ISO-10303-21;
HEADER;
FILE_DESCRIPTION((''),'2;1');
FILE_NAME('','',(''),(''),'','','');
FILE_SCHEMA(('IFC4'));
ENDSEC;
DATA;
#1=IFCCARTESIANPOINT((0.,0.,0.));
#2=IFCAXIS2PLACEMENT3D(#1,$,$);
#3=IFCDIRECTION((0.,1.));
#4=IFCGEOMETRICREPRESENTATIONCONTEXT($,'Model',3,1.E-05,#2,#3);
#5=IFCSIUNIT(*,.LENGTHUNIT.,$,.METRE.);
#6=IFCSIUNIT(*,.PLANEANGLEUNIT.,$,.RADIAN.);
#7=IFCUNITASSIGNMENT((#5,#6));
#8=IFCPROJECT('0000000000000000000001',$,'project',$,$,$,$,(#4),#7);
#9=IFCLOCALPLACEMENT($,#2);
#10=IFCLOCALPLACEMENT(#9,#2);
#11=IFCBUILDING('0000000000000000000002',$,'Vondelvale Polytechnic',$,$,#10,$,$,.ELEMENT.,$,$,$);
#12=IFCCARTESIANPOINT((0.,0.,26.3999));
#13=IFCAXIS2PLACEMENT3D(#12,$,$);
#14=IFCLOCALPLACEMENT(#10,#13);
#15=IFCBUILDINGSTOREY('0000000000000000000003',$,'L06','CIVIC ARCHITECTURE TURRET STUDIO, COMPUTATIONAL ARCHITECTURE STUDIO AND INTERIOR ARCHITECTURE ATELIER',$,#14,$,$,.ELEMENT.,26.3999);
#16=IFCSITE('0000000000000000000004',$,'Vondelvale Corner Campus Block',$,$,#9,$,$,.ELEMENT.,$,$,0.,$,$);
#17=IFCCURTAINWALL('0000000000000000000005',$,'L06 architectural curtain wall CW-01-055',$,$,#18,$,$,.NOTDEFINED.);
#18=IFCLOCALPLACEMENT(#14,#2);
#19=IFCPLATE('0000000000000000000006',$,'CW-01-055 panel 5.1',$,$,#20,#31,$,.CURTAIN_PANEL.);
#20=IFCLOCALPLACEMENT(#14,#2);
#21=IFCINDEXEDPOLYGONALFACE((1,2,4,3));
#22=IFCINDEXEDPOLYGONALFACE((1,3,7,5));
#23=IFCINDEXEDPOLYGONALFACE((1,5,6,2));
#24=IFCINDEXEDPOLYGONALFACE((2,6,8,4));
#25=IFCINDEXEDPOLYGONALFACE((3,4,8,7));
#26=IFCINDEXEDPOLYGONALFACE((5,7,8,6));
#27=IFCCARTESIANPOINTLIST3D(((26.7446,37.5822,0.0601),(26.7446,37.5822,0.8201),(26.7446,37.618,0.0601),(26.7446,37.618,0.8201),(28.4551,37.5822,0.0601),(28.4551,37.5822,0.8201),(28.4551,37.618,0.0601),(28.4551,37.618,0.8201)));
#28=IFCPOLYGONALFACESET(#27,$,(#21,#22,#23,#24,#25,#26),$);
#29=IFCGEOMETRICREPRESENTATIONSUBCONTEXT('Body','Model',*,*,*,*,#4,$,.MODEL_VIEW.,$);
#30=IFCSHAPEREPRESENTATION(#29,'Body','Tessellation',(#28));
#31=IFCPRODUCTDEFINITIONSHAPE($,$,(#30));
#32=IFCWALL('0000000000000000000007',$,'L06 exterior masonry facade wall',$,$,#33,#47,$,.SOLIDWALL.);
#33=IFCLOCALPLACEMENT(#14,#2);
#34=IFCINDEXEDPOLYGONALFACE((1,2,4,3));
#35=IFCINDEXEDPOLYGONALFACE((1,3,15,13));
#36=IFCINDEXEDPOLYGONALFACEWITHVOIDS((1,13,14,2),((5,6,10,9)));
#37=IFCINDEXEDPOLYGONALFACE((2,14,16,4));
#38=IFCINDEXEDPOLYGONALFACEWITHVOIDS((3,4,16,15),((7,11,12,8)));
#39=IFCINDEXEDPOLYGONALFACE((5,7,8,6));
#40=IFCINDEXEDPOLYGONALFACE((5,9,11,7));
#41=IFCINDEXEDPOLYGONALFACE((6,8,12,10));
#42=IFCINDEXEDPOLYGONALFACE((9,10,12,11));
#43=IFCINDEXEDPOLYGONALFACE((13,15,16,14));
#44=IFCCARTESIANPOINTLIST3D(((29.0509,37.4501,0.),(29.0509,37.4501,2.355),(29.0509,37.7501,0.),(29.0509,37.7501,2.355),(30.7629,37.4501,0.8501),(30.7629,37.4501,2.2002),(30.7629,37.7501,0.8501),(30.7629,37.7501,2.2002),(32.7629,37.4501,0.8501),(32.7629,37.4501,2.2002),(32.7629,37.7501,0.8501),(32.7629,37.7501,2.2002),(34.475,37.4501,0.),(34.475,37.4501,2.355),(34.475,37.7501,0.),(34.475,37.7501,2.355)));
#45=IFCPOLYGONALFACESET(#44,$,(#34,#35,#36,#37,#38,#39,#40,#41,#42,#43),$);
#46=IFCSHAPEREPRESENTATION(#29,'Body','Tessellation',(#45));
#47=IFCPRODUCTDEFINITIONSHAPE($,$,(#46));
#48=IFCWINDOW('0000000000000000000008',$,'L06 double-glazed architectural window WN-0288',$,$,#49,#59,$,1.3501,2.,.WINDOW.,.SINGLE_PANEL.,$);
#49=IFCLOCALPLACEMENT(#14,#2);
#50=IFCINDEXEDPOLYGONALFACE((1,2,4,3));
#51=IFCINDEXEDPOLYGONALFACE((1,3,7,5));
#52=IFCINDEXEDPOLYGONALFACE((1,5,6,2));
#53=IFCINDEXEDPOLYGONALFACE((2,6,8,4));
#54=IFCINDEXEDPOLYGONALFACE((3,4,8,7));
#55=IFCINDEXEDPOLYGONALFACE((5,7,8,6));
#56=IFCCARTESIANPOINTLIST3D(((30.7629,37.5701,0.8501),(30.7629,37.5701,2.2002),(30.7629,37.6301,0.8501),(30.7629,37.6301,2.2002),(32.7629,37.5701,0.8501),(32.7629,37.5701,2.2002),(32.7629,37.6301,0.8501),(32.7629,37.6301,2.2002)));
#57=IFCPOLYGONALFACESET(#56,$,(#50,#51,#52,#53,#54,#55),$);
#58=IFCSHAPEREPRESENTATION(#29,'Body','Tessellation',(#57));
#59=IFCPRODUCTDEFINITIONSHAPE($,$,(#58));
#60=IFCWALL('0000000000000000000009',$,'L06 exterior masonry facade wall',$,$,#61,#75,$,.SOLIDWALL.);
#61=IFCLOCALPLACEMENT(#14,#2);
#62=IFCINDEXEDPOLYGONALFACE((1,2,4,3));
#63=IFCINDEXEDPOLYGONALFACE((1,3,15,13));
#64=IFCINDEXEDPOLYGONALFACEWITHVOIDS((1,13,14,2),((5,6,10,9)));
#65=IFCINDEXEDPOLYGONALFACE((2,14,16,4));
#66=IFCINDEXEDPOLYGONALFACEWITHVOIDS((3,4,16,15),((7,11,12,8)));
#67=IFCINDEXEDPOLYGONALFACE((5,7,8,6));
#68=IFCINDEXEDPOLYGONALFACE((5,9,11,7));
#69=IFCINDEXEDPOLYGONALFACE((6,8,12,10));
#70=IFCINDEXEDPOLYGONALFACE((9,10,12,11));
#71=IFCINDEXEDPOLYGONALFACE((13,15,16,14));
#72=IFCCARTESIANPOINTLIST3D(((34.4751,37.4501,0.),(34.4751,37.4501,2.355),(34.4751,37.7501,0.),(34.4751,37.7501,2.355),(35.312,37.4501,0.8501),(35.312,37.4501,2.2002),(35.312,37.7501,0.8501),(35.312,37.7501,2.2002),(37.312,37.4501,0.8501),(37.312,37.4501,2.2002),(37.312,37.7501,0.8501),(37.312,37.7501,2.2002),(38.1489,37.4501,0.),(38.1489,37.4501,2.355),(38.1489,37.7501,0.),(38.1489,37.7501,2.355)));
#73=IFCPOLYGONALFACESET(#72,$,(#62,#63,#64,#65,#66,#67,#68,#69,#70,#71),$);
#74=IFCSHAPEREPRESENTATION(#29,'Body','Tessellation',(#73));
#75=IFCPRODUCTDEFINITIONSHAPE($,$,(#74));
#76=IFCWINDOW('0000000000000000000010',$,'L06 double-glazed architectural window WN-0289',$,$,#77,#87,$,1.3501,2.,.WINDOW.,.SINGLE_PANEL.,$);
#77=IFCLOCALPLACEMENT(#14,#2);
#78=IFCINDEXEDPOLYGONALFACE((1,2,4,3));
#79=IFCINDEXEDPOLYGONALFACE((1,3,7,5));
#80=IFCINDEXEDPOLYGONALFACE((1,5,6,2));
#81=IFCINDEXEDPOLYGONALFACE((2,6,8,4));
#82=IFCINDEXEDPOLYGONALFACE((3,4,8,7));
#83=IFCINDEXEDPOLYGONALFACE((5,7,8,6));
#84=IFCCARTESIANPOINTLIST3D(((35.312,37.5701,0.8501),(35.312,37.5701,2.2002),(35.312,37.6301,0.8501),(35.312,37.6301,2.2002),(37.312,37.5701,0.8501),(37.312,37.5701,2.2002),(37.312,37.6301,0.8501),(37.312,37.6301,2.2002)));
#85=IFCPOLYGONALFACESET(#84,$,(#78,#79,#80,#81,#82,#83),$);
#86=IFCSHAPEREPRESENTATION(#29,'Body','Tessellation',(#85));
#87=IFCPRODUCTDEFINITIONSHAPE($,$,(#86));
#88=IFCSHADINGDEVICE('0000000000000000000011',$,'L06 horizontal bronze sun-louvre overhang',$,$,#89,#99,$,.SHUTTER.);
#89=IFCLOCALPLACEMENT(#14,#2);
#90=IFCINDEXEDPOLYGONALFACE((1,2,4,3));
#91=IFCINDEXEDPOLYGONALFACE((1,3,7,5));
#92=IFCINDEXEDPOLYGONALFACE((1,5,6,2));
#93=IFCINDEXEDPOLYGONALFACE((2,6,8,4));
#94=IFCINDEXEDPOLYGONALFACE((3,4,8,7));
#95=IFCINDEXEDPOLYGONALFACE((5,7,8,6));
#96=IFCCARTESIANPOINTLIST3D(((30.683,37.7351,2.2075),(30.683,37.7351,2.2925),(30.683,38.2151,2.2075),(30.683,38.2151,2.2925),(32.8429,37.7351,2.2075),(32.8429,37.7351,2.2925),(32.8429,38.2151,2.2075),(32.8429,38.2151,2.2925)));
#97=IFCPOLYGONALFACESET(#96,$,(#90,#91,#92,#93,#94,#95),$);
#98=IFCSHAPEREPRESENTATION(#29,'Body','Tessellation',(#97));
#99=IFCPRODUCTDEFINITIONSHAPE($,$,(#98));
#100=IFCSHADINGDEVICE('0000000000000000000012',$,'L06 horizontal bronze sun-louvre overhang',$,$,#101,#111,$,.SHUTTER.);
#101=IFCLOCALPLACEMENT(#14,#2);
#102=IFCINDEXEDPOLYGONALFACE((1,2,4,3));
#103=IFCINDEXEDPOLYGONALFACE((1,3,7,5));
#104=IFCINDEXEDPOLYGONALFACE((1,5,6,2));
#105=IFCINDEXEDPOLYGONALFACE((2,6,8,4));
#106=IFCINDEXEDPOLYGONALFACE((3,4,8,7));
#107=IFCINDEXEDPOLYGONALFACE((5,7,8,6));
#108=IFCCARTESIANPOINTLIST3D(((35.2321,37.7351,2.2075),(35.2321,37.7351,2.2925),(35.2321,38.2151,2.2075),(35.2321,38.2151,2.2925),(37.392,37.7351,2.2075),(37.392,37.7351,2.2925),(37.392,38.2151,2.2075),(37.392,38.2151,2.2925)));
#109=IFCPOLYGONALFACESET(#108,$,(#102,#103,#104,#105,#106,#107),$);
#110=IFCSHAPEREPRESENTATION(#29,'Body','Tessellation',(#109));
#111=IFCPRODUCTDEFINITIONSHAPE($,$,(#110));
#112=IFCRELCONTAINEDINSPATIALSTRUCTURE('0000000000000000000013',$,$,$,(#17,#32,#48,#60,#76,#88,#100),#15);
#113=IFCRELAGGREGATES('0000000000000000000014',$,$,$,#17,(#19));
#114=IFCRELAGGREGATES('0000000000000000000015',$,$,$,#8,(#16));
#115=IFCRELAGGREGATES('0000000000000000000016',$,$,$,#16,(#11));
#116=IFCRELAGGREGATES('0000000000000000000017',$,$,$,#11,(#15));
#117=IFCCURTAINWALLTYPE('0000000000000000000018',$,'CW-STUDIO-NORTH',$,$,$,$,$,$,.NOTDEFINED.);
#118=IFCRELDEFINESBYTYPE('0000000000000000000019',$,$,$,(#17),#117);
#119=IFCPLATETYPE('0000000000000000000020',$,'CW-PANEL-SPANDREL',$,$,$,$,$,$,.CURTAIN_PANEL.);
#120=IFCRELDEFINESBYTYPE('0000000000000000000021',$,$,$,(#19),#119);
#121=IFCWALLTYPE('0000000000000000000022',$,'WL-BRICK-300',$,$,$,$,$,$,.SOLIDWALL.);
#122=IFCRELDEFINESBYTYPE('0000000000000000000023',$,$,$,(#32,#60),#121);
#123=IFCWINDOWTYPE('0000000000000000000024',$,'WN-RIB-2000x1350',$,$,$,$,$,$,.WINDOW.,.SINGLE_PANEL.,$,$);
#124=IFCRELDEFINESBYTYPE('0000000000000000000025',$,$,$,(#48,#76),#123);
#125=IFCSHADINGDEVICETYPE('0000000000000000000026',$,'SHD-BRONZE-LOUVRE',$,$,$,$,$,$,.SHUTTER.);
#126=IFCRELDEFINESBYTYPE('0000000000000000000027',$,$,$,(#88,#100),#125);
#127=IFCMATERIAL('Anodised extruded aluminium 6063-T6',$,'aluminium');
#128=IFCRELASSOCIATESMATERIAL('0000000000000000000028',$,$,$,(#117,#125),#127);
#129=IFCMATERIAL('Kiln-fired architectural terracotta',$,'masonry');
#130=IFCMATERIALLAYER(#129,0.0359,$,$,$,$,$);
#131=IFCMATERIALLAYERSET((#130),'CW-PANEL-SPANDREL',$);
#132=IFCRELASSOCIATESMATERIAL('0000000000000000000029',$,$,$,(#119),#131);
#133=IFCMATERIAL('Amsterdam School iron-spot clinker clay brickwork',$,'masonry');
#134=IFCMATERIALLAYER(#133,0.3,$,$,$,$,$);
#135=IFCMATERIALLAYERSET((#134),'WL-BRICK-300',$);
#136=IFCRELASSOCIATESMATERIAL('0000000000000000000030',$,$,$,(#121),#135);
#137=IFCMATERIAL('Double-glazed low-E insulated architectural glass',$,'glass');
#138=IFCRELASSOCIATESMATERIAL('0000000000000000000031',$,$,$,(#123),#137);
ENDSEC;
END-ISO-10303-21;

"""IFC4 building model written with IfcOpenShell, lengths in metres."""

from ifc_helpers import new_model, si_unit, direction, frame, frame_2d, origin, origin_2d, place, context, subcontext, project, spatial, rectangle, extrude, material, layer, layer_set, type_object, element, fill, aggregate, save


model = new_model("IFC4")

# Units and contexts
model_context = context("Model", 3, precision=1e-05, world=origin(), true_north=direction((0.0, 1.0)))
body_context = subcontext(model_context, "Body", "Model", "MODEL_VIEW")
ifc_project = project(units=[si_unit("LENGTHUNIT", "METRE"), si_unit("PLANEANGLEUNIT", "RADIAN")], contexts=[model_context])

# Site, building, storey
site_placement = place(None, origin())
site = spatial("IfcSite", under=ifc_project, at=site_placement, Name="Vondelvale Corner Campus Block", CompositionType="ELEMENT", RefElevation=0.0)
building_placement = place(site_placement, origin())
building = spatial("IfcBuilding", under=site, at=building_placement, Name="Vondelvale Polytechnic", CompositionType="ELEMENT")
storey_placement = place(building_placement, frame((0.0, 0.0, 26.3999)))
storey = spatial("IfcBuildingStorey", under=building, at=storey_placement, Name="L06", Description="CIVIC ARCHITECTURE TURRET STUDIO, COMPUTATIONAL ARCHITECTURE STUDIO AND INTERIOR ARCHITECTURE ATELIER", CompositionType="ELEMENT", Elevation=26.3999)

# Curtain wall
ifc_material_1 = material(Name="Anodised extruded aluminium 6063-T6", Category="aluminium")
curtain_wall_type = type_object("IfcCurtainWallType", Name="CW-STUDIO-NORTH", PredefinedType="NOTDEFINED", material=ifc_material_1)
curtain_wall_placement = place(storey_placement, origin())
curtain_wall = element("IfcCurtainWall", 1, at=curtain_wall_placement, inside=storey, type_object=curtain_wall_type, Name="L06 architectural curtain wall CW-01-055", PredefinedType="NOTDEFINED")

# Plate
ifc_material_2 = material(Name="Double-glazed low-E insulated architectural glass", Category="glass")
ifc_material_3 = material(Name="Kiln-fired architectural terracotta", Category="masonry")
ifc_layer_1 = layer(ifc_material_3, 0.0359)
ifc_layer_set_1 = layer_set([ifc_layer_1], Name="CW-PANEL-SPANDREL")
plate_type_1 = type_object("IfcPlateType", Name="CW-PANEL-SPANDREL", PredefinedType="CURTAIN_PANEL", material=ifc_layer_set_1)
plate_1_placement = place(storey_placement, frame((27.5999, 37.6001, 0.0601), z_axis=(0.0, 0.0, 1.0), x_axis=(1.0, 0.0, 0.0)))
plate_1 = element("IfcPlate", 2, at=plate_1_placement, type_object=plate_type_1, Name="CW-01-055 panel 5.1", PredefinedType="CURTAIN_PANEL", context=body_context, shape_type="SweptSolid", body=[
    extrude(rectangle(XDim=1.7104, YDim=0.0359, at=origin_2d()), origin(), (0.0, 0.0, 1.0), 0.76),
])
aggregate(curtain_wall, [plate_1])

# Walls, openings, windows
ifc_material_4 = material(Name="Amsterdam School iron-spot clinker clay brickwork", Category="masonry")
ifc_layer_2 = layer(ifc_material_4, 0.3)
ifc_layer_set_2 = layer_set([ifc_layer_2], Name="WL-BRICK-300")
wall_type = type_object("IfcWallType", Name="WL-BRICK-300", PredefinedType="SOLIDWALL", material=ifc_layer_set_2)
wall_1_placement = place(storey_placement, frame((29.051, 37.6001, 0.0), z_axis=(0.0, 0.0, 1.0), x_axis=(1.0, 0.0, 0.0)))
wall_1 = element("IfcWall", 3, at=wall_1_placement, inside=storey, type_object=wall_type, Name="L06 exterior masonry facade wall", PredefinedType="SOLIDWALL", context=body_context, shape_type="SweptSolid", body=[
    extrude(rectangle(XDim=5.4241, YDim=0.3, at=frame_2d((2.7119, 0.0))), origin(), (0.0, 0.0, 1.0), 2.355),
])
opening_1_placement = place(wall_1_placement, frame((1.7119, 0.0, 0.8501)))
opening_1 = element("IfcOpeningElement", 4, at=opening_1_placement, cuts=wall_1, PredefinedType="OPENING", context=body_context, shape_type="SweptSolid", body=[
    extrude(rectangle(XDim=2.0, YDim=1.3501, at=frame_2d((1.0, 0.675))), frame((0.0, 0.1599, 0.0), z_axis=(0.0, -1.0, 0.0), x_axis=(1.0, 0.0, 0.0)), (0.0, 0.0, 1.0), 0.3201),
])
window_type = type_object("IfcWindowType", Name="WN-RIB-2000x1350", PartitioningType="SINGLE_PANEL", PredefinedType="WINDOW", material=ifc_material_2)
window_1_placement = place(opening_1_placement, origin())
window_1 = element("IfcWindow", 5, at=window_1_placement, inside=storey, type_object=window_type, Name="L06 double-glazed architectural window WN-0288", OverallHeight=1.3501, OverallWidth=2.0, PartitioningType="SINGLE_PANEL", PredefinedType="WINDOW", context=body_context, shape_type="SweptSolid", body=[
    extrude(rectangle(XDim=2.0, YDim=1.3501, at=frame_2d((1.0, 0.675))), frame((0.0, 0.03, 0.0), z_axis=(0.0, -1.0, 0.0), x_axis=(1.0, 0.0, 0.0)), (0.0, 0.0, 1.0), 0.0601),
])
fill(opening_1, window_1)
wall_2_placement = place(storey_placement, frame((34.4751, 37.6001, 0.0), z_axis=(0.0, 0.0, 1.0), x_axis=(1.0, 0.0, 0.0)))
wall_2 = element("IfcWall", 6, at=wall_2_placement, inside=storey, type_object=wall_type, Name="L06 exterior masonry facade wall", PredefinedType="SOLIDWALL", context=body_context, shape_type="SweptSolid", body=[
    extrude(rectangle(XDim=3.6738, YDim=0.3, at=frame_2d((1.8369, 0.0))), origin(), (0.0, 0.0, 1.0), 2.355),
])
opening_2_placement = place(wall_2_placement, frame((0.8369, 0.0, 0.8501)))
opening_2 = element("IfcOpeningElement", 7, at=opening_2_placement, cuts=wall_2, PredefinedType="OPENING", context=body_context, shape_type="SweptSolid", body=[
    extrude(rectangle(XDim=2.0, YDim=1.3501, at=frame_2d((1.0, 0.675))), frame((0.0, 0.1599, 0.0), z_axis=(0.0, -1.0, 0.0), x_axis=(1.0, 0.0, 0.0)), (0.0, 0.0, 1.0), 0.3201),
])
window_2_placement = place(opening_2_placement, origin())
window_2 = element("IfcWindow", 8, at=window_2_placement, inside=storey, type_object=window_type, Name="L06 double-glazed architectural window WN-0289", OverallHeight=1.3501, OverallWidth=2.0, PartitioningType="SINGLE_PANEL", PredefinedType="WINDOW", context=body_context, shape_type="SweptSolid", body=[
    extrude(rectangle(XDim=2.0, YDim=1.3501, at=frame_2d((1.0, 0.675))), frame((0.0, 0.03, 0.0), z_axis=(0.0, -1.0, 0.0), x_axis=(1.0, 0.0, 0.0)), (0.0, 0.0, 1.0), 0.0601),
])
fill(opening_2, window_2)

# Shading devices
shading_device_type = type_object("IfcShadingDeviceType", Name="SHD-BRONZE-LOUVRE", PredefinedType="SHUTTER", material=ifc_material_1)
for number, where, z_axis, x_axis, name in (
    (9, (31.7629, 37.9751, 2.2075), (0.0, 0.0, 1.0), (1.0, 0.0, 0.0), "L06 horizontal bronze sun-louvre overhang"),
    (10, (36.312, 37.9751, 2.2075), (0.0, 0.0, 1.0), (1.0, 0.0, 0.0), "L06 horizontal bronze sun-louvre overhang"),
):
    element("IfcShadingDevice", number, at=place(storey_placement, frame(where, z_axis=z_axis, x_axis=x_axis)), inside=storey, type_object=shading_device_type, Name=name, PredefinedType="SHUTTER", context=body_context, shape_type="SweptSolid", body=[
        extrude(rectangle(XDim=2.1599, YDim=0.48, at=origin_2d()), origin(), (0.0, 0.0, 1.0), 0.085),
    ])

save(model, "model.ifc")
